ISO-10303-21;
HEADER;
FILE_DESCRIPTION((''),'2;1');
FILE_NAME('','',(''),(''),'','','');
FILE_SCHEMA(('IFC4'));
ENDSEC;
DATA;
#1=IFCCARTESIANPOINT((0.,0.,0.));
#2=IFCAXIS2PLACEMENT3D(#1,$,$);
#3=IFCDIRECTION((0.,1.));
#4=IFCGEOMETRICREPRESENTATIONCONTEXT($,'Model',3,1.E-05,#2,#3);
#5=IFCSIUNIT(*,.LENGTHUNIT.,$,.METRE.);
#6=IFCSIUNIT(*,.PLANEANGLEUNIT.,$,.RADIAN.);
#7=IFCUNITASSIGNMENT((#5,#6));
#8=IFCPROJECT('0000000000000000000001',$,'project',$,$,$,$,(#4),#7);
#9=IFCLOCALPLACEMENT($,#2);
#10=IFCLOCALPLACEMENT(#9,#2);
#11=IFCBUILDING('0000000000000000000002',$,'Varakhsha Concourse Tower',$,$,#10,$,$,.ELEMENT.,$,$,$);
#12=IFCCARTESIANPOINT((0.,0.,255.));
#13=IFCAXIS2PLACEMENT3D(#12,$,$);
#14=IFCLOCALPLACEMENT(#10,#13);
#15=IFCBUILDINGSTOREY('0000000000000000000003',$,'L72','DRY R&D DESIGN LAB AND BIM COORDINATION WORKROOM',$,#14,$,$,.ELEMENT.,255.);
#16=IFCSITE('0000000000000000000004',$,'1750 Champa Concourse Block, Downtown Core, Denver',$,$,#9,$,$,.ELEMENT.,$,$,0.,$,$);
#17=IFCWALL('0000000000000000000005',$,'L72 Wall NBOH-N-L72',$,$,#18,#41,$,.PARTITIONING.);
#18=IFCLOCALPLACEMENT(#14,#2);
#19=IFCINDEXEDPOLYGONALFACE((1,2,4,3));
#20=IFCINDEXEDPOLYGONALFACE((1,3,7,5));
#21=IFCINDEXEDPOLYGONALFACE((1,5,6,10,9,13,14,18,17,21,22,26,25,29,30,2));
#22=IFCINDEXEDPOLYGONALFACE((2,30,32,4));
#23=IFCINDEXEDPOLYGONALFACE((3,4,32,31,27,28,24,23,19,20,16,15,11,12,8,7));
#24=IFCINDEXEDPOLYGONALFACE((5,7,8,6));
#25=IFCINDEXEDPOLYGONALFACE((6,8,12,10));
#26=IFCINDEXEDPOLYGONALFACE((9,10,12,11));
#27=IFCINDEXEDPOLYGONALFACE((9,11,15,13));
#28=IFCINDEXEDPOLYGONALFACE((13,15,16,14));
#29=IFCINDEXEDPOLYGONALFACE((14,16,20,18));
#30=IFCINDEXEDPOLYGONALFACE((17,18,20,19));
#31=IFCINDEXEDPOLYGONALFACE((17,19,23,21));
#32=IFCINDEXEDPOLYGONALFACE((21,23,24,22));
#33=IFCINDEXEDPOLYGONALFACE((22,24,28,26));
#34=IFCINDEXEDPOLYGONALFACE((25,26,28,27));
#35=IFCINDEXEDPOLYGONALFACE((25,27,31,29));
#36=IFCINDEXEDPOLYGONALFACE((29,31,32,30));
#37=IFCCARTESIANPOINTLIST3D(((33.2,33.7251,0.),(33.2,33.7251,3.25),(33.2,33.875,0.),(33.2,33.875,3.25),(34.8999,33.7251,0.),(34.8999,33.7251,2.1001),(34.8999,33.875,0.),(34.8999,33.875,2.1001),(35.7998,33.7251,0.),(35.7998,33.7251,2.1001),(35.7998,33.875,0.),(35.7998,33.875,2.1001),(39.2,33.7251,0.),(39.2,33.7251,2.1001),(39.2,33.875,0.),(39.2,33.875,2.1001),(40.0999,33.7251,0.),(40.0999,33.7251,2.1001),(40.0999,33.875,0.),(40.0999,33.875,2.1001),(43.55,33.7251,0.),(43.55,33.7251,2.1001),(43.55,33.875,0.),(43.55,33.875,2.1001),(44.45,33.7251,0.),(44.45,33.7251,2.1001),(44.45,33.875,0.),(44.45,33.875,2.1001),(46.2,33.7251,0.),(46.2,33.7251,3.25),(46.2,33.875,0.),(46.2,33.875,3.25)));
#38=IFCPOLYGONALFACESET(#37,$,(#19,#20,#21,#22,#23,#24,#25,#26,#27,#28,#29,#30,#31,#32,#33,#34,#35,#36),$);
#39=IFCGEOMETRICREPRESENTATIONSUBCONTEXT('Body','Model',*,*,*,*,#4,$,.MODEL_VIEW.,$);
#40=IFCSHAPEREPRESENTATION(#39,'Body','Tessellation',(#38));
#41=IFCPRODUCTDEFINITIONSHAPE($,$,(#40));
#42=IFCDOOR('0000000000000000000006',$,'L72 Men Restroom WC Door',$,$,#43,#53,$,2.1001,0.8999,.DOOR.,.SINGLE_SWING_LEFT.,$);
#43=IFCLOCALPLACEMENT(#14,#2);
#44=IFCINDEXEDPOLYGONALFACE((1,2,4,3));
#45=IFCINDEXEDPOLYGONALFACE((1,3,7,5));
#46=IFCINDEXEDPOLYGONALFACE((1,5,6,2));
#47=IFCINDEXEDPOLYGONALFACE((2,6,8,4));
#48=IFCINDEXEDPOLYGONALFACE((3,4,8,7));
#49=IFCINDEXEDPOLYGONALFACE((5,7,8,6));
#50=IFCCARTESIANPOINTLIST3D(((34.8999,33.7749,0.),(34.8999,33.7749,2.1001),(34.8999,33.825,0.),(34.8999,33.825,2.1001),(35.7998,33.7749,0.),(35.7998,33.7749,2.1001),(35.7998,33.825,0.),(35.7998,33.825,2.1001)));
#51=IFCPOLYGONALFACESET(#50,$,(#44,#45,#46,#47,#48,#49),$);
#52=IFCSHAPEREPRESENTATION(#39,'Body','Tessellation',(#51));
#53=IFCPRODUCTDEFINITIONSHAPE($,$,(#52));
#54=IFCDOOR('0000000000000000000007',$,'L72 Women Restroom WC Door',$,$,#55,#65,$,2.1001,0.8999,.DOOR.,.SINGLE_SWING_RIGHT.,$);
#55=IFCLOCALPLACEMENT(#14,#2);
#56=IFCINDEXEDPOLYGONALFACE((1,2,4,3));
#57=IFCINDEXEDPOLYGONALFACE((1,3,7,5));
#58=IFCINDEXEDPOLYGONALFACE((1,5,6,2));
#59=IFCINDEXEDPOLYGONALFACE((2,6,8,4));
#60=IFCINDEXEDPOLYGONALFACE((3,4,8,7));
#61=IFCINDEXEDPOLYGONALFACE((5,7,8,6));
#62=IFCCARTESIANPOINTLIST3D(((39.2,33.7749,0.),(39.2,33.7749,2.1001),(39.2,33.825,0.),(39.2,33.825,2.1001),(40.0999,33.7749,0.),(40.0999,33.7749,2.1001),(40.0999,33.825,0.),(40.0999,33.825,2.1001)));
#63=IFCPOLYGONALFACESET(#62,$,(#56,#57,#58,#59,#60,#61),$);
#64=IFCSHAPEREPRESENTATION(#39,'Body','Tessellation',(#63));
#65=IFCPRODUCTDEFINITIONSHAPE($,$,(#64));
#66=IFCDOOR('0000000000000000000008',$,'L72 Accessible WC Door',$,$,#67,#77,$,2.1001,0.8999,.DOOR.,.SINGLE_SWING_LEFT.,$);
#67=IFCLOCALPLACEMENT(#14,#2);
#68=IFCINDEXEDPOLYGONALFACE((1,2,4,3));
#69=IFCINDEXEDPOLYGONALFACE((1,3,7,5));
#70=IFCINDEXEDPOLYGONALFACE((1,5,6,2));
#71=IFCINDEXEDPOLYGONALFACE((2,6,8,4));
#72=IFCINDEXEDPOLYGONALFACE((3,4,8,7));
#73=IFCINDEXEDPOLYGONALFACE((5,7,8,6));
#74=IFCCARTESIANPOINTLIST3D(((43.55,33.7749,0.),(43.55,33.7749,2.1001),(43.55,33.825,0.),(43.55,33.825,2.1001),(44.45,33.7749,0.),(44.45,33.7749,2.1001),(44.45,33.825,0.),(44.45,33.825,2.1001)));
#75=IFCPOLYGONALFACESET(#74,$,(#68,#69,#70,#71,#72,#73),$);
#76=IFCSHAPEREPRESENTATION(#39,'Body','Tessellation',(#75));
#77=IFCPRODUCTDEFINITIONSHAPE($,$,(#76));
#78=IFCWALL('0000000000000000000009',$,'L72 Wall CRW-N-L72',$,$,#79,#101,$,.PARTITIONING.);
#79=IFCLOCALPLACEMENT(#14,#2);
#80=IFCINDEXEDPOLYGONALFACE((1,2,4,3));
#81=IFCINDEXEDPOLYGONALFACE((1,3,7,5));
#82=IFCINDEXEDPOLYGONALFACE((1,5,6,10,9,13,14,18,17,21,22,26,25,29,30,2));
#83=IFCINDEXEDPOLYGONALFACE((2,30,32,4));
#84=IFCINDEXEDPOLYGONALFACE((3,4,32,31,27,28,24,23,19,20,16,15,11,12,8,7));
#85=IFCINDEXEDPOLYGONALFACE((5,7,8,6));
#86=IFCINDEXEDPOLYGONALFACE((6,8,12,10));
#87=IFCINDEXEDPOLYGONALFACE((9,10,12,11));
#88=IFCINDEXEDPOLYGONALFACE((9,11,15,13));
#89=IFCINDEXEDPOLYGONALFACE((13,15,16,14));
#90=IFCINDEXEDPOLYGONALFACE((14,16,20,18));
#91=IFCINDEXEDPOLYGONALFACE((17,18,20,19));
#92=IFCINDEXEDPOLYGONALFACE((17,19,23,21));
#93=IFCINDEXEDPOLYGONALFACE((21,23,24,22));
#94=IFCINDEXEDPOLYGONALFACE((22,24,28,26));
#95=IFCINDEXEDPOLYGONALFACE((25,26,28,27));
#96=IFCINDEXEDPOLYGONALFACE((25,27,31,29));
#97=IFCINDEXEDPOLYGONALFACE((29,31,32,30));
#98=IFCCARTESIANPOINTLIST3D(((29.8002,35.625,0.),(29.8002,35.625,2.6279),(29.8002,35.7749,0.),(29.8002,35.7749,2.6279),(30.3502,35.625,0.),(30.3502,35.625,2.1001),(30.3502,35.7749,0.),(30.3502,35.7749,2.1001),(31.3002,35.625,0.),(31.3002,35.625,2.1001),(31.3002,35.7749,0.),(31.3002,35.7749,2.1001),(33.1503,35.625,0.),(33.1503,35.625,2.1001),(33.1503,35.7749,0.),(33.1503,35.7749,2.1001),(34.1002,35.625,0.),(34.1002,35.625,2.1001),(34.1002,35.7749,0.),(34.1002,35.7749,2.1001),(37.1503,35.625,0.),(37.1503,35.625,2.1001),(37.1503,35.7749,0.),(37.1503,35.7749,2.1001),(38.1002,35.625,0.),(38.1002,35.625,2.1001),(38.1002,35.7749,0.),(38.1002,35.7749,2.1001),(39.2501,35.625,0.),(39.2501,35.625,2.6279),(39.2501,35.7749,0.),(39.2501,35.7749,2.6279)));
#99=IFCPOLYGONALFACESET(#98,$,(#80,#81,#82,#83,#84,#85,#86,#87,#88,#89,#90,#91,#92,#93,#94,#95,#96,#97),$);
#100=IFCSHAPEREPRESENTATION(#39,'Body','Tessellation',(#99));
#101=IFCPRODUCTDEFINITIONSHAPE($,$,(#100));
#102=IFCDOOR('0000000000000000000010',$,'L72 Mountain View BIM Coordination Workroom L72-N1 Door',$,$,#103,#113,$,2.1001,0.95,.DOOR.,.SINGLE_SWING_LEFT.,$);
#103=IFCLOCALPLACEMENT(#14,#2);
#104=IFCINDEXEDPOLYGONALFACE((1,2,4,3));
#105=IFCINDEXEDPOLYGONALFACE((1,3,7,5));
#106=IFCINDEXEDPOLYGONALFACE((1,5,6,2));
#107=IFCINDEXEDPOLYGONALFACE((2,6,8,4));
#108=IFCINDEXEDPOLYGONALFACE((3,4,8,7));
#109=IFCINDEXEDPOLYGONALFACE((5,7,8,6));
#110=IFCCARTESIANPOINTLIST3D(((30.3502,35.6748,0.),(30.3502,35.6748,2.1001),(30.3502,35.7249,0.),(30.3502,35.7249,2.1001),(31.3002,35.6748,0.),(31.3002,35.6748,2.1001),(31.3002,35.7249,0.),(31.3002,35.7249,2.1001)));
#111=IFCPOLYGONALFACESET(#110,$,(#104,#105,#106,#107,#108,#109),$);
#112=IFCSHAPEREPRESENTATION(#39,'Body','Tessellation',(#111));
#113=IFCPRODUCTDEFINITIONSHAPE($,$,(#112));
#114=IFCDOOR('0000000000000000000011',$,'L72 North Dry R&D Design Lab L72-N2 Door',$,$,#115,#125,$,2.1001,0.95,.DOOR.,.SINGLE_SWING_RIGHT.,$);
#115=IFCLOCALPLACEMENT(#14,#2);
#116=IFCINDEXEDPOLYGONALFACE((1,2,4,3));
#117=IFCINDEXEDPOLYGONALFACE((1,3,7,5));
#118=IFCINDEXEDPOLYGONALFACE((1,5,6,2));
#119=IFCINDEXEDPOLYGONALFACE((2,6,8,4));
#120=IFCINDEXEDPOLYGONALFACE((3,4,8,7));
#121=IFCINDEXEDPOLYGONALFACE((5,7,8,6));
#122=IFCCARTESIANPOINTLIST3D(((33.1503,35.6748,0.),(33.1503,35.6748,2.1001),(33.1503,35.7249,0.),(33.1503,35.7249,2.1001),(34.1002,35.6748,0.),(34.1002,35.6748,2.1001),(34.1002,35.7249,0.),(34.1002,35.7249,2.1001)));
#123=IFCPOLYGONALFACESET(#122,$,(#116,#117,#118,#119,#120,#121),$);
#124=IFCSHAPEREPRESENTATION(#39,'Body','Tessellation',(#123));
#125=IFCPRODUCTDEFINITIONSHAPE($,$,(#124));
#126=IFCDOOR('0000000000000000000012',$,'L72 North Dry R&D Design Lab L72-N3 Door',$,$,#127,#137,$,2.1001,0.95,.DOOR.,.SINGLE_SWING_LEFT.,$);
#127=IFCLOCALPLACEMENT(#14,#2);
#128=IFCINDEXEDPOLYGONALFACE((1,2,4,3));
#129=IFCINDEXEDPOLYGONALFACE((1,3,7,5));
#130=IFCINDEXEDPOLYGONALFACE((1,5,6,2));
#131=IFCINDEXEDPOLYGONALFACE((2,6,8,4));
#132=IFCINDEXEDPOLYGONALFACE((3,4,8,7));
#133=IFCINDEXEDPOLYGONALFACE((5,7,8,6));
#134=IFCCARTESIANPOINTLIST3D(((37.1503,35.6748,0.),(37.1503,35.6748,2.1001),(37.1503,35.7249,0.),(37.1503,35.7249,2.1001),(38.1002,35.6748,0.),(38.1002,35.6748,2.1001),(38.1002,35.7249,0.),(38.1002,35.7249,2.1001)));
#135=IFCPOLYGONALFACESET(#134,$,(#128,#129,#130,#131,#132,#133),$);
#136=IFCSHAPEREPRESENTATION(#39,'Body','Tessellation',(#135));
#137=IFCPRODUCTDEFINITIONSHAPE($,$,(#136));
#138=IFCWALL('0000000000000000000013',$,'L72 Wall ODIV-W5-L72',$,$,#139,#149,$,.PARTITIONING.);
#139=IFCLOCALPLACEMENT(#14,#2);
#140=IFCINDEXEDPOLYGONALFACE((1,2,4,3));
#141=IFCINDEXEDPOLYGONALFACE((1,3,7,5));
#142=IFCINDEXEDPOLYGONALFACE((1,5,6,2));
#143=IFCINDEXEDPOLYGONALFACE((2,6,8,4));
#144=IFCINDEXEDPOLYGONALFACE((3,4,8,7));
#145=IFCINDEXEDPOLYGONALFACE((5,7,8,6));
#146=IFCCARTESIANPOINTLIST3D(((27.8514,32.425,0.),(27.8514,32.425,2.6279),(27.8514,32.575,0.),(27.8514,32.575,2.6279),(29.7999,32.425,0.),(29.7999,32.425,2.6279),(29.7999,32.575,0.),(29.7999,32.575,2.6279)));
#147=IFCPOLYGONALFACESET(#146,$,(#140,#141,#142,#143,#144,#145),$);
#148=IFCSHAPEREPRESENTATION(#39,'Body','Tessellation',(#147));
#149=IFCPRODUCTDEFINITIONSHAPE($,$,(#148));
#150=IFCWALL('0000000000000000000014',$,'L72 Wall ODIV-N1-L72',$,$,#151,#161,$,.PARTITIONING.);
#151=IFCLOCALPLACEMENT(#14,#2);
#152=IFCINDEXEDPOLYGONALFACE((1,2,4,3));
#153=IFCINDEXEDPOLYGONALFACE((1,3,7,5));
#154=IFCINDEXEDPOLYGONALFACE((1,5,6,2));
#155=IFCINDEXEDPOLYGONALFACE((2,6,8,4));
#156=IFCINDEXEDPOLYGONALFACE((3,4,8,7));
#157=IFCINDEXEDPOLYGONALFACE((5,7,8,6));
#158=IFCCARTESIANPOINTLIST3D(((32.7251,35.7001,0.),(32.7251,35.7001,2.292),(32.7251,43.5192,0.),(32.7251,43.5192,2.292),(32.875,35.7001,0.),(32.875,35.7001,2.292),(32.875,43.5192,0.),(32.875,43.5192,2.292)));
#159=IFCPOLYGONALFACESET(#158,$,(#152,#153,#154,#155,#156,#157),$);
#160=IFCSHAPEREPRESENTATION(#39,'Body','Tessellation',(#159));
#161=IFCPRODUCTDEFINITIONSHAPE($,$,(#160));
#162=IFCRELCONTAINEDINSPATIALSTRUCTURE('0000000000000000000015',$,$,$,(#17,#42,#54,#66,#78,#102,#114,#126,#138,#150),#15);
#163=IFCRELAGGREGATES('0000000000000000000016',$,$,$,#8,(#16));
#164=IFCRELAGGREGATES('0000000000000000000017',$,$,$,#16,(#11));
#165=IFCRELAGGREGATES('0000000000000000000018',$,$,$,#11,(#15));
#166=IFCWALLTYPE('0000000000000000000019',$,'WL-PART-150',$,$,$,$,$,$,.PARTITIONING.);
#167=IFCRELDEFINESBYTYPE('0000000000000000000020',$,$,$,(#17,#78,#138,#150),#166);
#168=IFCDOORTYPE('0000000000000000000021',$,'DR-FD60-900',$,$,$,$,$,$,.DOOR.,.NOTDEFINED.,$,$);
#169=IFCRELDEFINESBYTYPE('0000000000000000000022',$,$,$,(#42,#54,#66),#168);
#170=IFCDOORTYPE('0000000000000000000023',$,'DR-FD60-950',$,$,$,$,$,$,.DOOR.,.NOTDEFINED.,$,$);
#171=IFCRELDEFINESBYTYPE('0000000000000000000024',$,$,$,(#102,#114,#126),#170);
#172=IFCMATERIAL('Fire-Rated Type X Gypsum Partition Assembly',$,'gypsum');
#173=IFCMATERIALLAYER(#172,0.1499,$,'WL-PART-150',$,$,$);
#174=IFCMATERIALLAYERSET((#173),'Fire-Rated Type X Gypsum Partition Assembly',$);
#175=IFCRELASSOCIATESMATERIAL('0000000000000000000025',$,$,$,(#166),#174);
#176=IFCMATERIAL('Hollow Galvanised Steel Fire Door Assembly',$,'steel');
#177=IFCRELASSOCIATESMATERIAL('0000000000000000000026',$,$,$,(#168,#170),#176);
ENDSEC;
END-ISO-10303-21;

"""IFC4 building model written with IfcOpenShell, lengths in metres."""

from ifc_helpers import new_model, si_unit, direction, frame, frame_2d, origin, place, context, subcontext, project, spatial, rectangle, extrude, material, layer, layer_set, type_object, element, fill, save


model = new_model("IFC4")

# Units and contexts
model_context = context("Model", 3, precision=1e-05, world=origin(), true_north=direction((0.0, 1.0)))
body_context = subcontext(model_context, "Body", "Model", "MODEL_VIEW")
ifc_project = project(units=[si_unit("LENGTHUNIT", "METRE"), si_unit("PLANEANGLEUNIT", "RADIAN")], contexts=[model_context])

# Site, building, storey
site_placement = place(None, origin())
site = spatial("IfcSite", under=ifc_project, at=site_placement, Name="1750 Champa Concourse Block, Downtown Core, Denver", CompositionType="ELEMENT", RefElevation=0.0)
building_placement = place(site_placement, origin())
building = spatial("IfcBuilding", under=site, at=building_placement, Name="Varakhsha Concourse Tower", CompositionType="ELEMENT")
storey_placement = place(building_placement, frame((0.0, 0.0, 255.0)))
storey = spatial("IfcBuildingStorey", under=building, at=storey_placement, Name="L72", Description="DRY R&D DESIGN LAB AND BIM COORDINATION WORKROOM", CompositionType="ELEMENT", Elevation=255.0)

# Walls, openings, doors
ifc_material_1 = material(Name="Fire-Rated Type X Gypsum Partition Assembly", Category="gypsum")
ifc_layer_1 = layer(ifc_material_1, 0.1499, Name="WL-PART-150")
ifc_layer_set_1 = layer_set([ifc_layer_1], Name="Fire-Rated Type X Gypsum Partition Assembly")
wall_type_1 = type_object("IfcWallType", Name="WL-PART-150", PredefinedType="PARTITIONING", material=ifc_layer_set_1)
wall_1_placement = place(storey_placement, frame((33.2, 33.8, 0.0), z_axis=(0.0, 0.0, 1.0), x_axis=(1.0, 0.0, 0.0)))
wall_1 = element("IfcWall", 1, at=wall_1_placement, inside=storey, type_object=wall_type_1, Name="L72 Wall NBOH-N-L72", PredefinedType="PARTITIONING", context=body_context, shape_type="SweptSolid", body=[
    extrude(rectangle(XDim=13.0, YDim=0.1499, at=frame_2d((6.5, 0.0))), origin(), (0.0, 0.0, 1.0), 3.25),
])
opening_1_placement = place(wall_1_placement, frame((1.7, 0.0, 0.0)))
opening_1 = element("IfcOpeningElement", 2, at=opening_1_placement, cuts=wall_1, PredefinedType="OPENING", context=body_context, shape_type="SweptSolid", body=[
    extrude(rectangle(XDim=0.8999, YDim=2.1001, at=frame_2d((0.45, 1.05))), frame((0.0, 0.085, 0.0), z_axis=(0.0, -1.0, 0.0), x_axis=(1.0, 0.0, 0.0)), (0.0, 0.0, 1.0), 0.1699),
])
opening_2_placement = place(wall_1_placement, frame((6.0, 0.0, 0.0)))
opening_2 = element("IfcOpeningElement", 3, at=opening_2_placement, cuts=wall_1, PredefinedType="OPENING", context=body_context, shape_type="SweptSolid", body=[
    extrude(rectangle(XDim=0.8999, YDim=2.1001, at=frame_2d((0.45, 1.05))), frame((0.0, 0.085, 0.0), z_axis=(0.0, -1.0, 0.0), x_axis=(1.0, 0.0, 0.0)), (0.0, 0.0, 1.0), 0.1699),
])
opening_3_placement = place(wall_1_placement, frame((10.3501, 0.0, 0.0)))
opening_3 = element("IfcOpeningElement", 4, at=opening_3_placement, cuts=wall_1, PredefinedType="OPENING", context=body_context, shape_type="SweptSolid", body=[
    extrude(rectangle(XDim=0.8999, YDim=2.1001, at=frame_2d((0.45, 1.05))), frame((0.0, 0.085, 0.0), z_axis=(0.0, -1.0, 0.0), x_axis=(1.0, 0.0, 0.0)), (0.0, 0.0, 1.0), 0.1699),
])
ifc_material_2 = material(Name="Hollow Galvanised Steel Fire Door Assembly", Category="steel")
door_type_1 = type_object("IfcDoorType", Name="DR-FD60-900", OperationType="NOTDEFINED", PredefinedType="DOOR", material=ifc_material_2)
door_1_placement = place(opening_1_placement, origin())
door_1 = element("IfcDoor", 5, at=door_1_placement, inside=storey, type_object=door_type_1, Name="L72 Men Restroom WC Door", OperationType="SINGLE_SWING_LEFT", OverallHeight=2.1001, OverallWidth=0.8999, PredefinedType="DOOR", context=body_context, shape_type="SweptSolid", body=[
    extrude(rectangle(XDim=0.8999, YDim=2.1001, at=frame_2d((0.45, 1.05))), frame((0.0, 0.0249, 0.0), z_axis=(0.0, -1.0, 0.0), x_axis=(1.0, 0.0, 0.0)), (0.0, 0.0, 1.0), 0.05),
])
fill(opening_1, door_1)
door_2_placement = place(opening_2_placement, origin())
door_2 = element("IfcDoor", 6, at=door_2_placement, inside=storey, type_object=door_type_1, Name="L72 Women Restroom WC Door", OperationType="SINGLE_SWING_RIGHT", OverallHeight=2.1001, OverallWidth=0.8999, PredefinedType="DOOR", context=body_context, shape_type="SweptSolid", body=[
    extrude(rectangle(XDim=0.8999, YDim=2.1001, at=frame_2d((0.45, 1.05))), frame((0.0, 0.0249, 0.0), z_axis=(0.0, -1.0, 0.0), x_axis=(1.0, 0.0, 0.0)), (0.0, 0.0, 1.0), 0.05),
])
fill(opening_2, door_2)
door_3_placement = place(opening_3_placement, origin())
door_3 = element("IfcDoor", 7, at=door_3_placement, inside=storey, type_object=door_type_1, Name="L72 Accessible WC Door", OperationType="SINGLE_SWING_LEFT", OverallHeight=2.1001, OverallWidth=0.8999, PredefinedType="DOOR", context=body_context, shape_type="SweptSolid", body=[
    extrude(rectangle(XDim=0.8999, YDim=2.1001, at=frame_2d((0.45, 1.05))), frame((0.0, 0.0249, 0.0), z_axis=(0.0, -1.0, 0.0), x_axis=(1.0, 0.0, 0.0)), (0.0, 0.0, 1.0), 0.05),
])
fill(opening_3, door_3)
wall_2_placement = place(storey_placement, frame((29.8, 35.7, 0.0), z_axis=(0.0, 0.0, 1.0), x_axis=(1.0, 0.0, 0.0)))
wall_2 = element("IfcWall", 8, at=wall_2_placement, inside=storey, type_object=wall_type_1, Name="L72 Wall CRW-N-L72", PredefinedType="PARTITIONING", context=body_context, shape_type="SweptSolid", body=[
    extrude(rectangle(XDim=9.45, YDim=0.1499, at=frame_2d((4.7251, 0.0))), origin(), (0.0, 0.0, 1.0), 2.6279),
])
opening_4_placement = place(wall_2_placement, frame((0.55, 0.0, 0.0)))
opening_4 = element("IfcOpeningElement", 9, at=opening_4_placement, cuts=wall_2, PredefinedType="OPENING", context=body_context, shape_type="SweptSolid", body=[
    extrude(rectangle(XDim=0.95, YDim=2.1001, at=frame_2d((0.4751, 1.05))), frame((0.0, 0.085, 0.0), z_axis=(0.0, -1.0, 0.0), x_axis=(1.0, 0.0, 0.0)), (0.0, 0.0, 1.0), 0.1699),
])
opening_5_placement = place(wall_2_placement, frame((3.3501, 0.0, 0.0)))
opening_5 = element("IfcOpeningElement", 10, at=opening_5_placement, cuts=wall_2, PredefinedType="OPENING", context=body_context, shape_type="SweptSolid", body=[
    extrude(rectangle(XDim=0.95, YDim=2.1001, at=frame_2d((0.4751, 1.05))), frame((0.0, 0.085, 0.0), z_axis=(0.0, -1.0, 0.0), x_axis=(1.0, 0.0, 0.0)), (0.0, 0.0, 1.0), 0.1699),
])
opening_6_placement = place(wall_2_placement, frame((7.3501, 0.0, 0.0)))
opening_6 = element("IfcOpeningElement", 11, at=opening_6_placement, cuts=wall_2, PredefinedType="OPENING", context=body_context, shape_type="SweptSolid", body=[
    extrude(rectangle(XDim=0.95, YDim=2.1001, at=frame_2d((0.4751, 1.05))), frame((0.0, 0.085, 0.0), z_axis=(0.0, -1.0, 0.0), x_axis=(1.0, 0.0, 0.0)), (0.0, 0.0, 1.0), 0.1699),
])
door_type_2 = type_object("IfcDoorType", Name="DR-FD60-950", OperationType="NOTDEFINED", PredefinedType="DOOR", material=ifc_material_2)
door_4_placement = place(opening_4_placement, origin())
door_4 = element("IfcDoor", 12, at=door_4_placement, inside=storey, type_object=door_type_2, Name="L72 Mountain View BIM Coordination Workroom L72-N1 Door", OperationType="SINGLE_SWING_LEFT", OverallHeight=2.1001, OverallWidth=0.95, PredefinedType="DOOR", context=body_context, shape_type="SweptSolid", body=[
    extrude(rectangle(XDim=0.95, YDim=2.1001, at=frame_2d((0.4751, 1.05))), frame((0.0, 0.0249, 0.0), z_axis=(0.0, -1.0, 0.0), x_axis=(1.0, 0.0, 0.0)), (0.0, 0.0, 1.0), 0.05),
])
fill(opening_4, door_4)
door_5_placement = place(opening_5_placement, origin())
door_5 = element("IfcDoor", 13, at=door_5_placement, inside=storey, type_object=door_type_2, Name="L72 North Dry R&D Design Lab L72-N2 Door", OperationType="SINGLE_SWING_RIGHT", OverallHeight=2.1001, OverallWidth=0.95, PredefinedType="DOOR", context=body_context, shape_type="SweptSolid", body=[
    extrude(rectangle(XDim=0.95, YDim=2.1001, at=frame_2d((0.4751, 1.05))), frame((0.0, 0.0249, 0.0), z_axis=(0.0, -1.0, 0.0), x_axis=(1.0, 0.0, 0.0)), (0.0, 0.0, 1.0), 0.05),
])
fill(opening_5, door_5)
door_6_placement = place(opening_6_placement, origin())
door_6 = element("IfcDoor", 14, at=door_6_placement, inside=storey, type_object=door_type_2, Name="L72 North Dry R&D Design Lab L72-N3 Door", OperationType="SINGLE_SWING_LEFT", OverallHeight=2.1001, OverallWidth=0.95, PredefinedType="DOOR", context=body_context, shape_type="SweptSolid", body=[
    extrude(rectangle(XDim=0.95, YDim=2.1001, at=frame_2d((0.4751, 1.05))), frame((0.0, 0.0249, 0.0), z_axis=(0.0, -1.0, 0.0), x_axis=(1.0, 0.0, 0.0)), (0.0, 0.0, 1.0), 0.05),
])
fill(opening_6, door_6)

# Walls
wall_3_placement = place(storey_placement, frame((27.8516, 32.5, 0.0), z_axis=(0.0, 0.0, 1.0), x_axis=(1.0, 0.0, 0.0)))
element("IfcWall", 15, at=wall_3_placement, inside=storey, type_object=wall_type_1, Name="L72 Wall ODIV-W5-L72", PredefinedType="PARTITIONING", context=body_context, shape_type="SweptSolid", body=[
    extrude(rectangle(XDim=1.9485, YDim=0.1499, at=frame_2d((0.9741, 0.0))), origin(), (0.0, 0.0, 1.0), 2.6279),
])
wall_4_placement = place(storey_placement, frame((32.8, 35.7, 0.0), z_axis=(0.0, 0.0, 1.0), x_axis=(0.0, 1.0, 0.0)))
element("IfcWall", 16, at=wall_4_placement, inside=storey, type_object=wall_type_1, Name="L72 Wall ODIV-N1-L72", PredefinedType="PARTITIONING", context=body_context, shape_type="SweptSolid", body=[
    extrude(rectangle(XDim=7.8191, YDim=0.1499, at=frame_2d((3.9097, 0.0))), origin(), (0.0, 0.0, 1.0), 2.292),
])

save(model, "model.ifc")
